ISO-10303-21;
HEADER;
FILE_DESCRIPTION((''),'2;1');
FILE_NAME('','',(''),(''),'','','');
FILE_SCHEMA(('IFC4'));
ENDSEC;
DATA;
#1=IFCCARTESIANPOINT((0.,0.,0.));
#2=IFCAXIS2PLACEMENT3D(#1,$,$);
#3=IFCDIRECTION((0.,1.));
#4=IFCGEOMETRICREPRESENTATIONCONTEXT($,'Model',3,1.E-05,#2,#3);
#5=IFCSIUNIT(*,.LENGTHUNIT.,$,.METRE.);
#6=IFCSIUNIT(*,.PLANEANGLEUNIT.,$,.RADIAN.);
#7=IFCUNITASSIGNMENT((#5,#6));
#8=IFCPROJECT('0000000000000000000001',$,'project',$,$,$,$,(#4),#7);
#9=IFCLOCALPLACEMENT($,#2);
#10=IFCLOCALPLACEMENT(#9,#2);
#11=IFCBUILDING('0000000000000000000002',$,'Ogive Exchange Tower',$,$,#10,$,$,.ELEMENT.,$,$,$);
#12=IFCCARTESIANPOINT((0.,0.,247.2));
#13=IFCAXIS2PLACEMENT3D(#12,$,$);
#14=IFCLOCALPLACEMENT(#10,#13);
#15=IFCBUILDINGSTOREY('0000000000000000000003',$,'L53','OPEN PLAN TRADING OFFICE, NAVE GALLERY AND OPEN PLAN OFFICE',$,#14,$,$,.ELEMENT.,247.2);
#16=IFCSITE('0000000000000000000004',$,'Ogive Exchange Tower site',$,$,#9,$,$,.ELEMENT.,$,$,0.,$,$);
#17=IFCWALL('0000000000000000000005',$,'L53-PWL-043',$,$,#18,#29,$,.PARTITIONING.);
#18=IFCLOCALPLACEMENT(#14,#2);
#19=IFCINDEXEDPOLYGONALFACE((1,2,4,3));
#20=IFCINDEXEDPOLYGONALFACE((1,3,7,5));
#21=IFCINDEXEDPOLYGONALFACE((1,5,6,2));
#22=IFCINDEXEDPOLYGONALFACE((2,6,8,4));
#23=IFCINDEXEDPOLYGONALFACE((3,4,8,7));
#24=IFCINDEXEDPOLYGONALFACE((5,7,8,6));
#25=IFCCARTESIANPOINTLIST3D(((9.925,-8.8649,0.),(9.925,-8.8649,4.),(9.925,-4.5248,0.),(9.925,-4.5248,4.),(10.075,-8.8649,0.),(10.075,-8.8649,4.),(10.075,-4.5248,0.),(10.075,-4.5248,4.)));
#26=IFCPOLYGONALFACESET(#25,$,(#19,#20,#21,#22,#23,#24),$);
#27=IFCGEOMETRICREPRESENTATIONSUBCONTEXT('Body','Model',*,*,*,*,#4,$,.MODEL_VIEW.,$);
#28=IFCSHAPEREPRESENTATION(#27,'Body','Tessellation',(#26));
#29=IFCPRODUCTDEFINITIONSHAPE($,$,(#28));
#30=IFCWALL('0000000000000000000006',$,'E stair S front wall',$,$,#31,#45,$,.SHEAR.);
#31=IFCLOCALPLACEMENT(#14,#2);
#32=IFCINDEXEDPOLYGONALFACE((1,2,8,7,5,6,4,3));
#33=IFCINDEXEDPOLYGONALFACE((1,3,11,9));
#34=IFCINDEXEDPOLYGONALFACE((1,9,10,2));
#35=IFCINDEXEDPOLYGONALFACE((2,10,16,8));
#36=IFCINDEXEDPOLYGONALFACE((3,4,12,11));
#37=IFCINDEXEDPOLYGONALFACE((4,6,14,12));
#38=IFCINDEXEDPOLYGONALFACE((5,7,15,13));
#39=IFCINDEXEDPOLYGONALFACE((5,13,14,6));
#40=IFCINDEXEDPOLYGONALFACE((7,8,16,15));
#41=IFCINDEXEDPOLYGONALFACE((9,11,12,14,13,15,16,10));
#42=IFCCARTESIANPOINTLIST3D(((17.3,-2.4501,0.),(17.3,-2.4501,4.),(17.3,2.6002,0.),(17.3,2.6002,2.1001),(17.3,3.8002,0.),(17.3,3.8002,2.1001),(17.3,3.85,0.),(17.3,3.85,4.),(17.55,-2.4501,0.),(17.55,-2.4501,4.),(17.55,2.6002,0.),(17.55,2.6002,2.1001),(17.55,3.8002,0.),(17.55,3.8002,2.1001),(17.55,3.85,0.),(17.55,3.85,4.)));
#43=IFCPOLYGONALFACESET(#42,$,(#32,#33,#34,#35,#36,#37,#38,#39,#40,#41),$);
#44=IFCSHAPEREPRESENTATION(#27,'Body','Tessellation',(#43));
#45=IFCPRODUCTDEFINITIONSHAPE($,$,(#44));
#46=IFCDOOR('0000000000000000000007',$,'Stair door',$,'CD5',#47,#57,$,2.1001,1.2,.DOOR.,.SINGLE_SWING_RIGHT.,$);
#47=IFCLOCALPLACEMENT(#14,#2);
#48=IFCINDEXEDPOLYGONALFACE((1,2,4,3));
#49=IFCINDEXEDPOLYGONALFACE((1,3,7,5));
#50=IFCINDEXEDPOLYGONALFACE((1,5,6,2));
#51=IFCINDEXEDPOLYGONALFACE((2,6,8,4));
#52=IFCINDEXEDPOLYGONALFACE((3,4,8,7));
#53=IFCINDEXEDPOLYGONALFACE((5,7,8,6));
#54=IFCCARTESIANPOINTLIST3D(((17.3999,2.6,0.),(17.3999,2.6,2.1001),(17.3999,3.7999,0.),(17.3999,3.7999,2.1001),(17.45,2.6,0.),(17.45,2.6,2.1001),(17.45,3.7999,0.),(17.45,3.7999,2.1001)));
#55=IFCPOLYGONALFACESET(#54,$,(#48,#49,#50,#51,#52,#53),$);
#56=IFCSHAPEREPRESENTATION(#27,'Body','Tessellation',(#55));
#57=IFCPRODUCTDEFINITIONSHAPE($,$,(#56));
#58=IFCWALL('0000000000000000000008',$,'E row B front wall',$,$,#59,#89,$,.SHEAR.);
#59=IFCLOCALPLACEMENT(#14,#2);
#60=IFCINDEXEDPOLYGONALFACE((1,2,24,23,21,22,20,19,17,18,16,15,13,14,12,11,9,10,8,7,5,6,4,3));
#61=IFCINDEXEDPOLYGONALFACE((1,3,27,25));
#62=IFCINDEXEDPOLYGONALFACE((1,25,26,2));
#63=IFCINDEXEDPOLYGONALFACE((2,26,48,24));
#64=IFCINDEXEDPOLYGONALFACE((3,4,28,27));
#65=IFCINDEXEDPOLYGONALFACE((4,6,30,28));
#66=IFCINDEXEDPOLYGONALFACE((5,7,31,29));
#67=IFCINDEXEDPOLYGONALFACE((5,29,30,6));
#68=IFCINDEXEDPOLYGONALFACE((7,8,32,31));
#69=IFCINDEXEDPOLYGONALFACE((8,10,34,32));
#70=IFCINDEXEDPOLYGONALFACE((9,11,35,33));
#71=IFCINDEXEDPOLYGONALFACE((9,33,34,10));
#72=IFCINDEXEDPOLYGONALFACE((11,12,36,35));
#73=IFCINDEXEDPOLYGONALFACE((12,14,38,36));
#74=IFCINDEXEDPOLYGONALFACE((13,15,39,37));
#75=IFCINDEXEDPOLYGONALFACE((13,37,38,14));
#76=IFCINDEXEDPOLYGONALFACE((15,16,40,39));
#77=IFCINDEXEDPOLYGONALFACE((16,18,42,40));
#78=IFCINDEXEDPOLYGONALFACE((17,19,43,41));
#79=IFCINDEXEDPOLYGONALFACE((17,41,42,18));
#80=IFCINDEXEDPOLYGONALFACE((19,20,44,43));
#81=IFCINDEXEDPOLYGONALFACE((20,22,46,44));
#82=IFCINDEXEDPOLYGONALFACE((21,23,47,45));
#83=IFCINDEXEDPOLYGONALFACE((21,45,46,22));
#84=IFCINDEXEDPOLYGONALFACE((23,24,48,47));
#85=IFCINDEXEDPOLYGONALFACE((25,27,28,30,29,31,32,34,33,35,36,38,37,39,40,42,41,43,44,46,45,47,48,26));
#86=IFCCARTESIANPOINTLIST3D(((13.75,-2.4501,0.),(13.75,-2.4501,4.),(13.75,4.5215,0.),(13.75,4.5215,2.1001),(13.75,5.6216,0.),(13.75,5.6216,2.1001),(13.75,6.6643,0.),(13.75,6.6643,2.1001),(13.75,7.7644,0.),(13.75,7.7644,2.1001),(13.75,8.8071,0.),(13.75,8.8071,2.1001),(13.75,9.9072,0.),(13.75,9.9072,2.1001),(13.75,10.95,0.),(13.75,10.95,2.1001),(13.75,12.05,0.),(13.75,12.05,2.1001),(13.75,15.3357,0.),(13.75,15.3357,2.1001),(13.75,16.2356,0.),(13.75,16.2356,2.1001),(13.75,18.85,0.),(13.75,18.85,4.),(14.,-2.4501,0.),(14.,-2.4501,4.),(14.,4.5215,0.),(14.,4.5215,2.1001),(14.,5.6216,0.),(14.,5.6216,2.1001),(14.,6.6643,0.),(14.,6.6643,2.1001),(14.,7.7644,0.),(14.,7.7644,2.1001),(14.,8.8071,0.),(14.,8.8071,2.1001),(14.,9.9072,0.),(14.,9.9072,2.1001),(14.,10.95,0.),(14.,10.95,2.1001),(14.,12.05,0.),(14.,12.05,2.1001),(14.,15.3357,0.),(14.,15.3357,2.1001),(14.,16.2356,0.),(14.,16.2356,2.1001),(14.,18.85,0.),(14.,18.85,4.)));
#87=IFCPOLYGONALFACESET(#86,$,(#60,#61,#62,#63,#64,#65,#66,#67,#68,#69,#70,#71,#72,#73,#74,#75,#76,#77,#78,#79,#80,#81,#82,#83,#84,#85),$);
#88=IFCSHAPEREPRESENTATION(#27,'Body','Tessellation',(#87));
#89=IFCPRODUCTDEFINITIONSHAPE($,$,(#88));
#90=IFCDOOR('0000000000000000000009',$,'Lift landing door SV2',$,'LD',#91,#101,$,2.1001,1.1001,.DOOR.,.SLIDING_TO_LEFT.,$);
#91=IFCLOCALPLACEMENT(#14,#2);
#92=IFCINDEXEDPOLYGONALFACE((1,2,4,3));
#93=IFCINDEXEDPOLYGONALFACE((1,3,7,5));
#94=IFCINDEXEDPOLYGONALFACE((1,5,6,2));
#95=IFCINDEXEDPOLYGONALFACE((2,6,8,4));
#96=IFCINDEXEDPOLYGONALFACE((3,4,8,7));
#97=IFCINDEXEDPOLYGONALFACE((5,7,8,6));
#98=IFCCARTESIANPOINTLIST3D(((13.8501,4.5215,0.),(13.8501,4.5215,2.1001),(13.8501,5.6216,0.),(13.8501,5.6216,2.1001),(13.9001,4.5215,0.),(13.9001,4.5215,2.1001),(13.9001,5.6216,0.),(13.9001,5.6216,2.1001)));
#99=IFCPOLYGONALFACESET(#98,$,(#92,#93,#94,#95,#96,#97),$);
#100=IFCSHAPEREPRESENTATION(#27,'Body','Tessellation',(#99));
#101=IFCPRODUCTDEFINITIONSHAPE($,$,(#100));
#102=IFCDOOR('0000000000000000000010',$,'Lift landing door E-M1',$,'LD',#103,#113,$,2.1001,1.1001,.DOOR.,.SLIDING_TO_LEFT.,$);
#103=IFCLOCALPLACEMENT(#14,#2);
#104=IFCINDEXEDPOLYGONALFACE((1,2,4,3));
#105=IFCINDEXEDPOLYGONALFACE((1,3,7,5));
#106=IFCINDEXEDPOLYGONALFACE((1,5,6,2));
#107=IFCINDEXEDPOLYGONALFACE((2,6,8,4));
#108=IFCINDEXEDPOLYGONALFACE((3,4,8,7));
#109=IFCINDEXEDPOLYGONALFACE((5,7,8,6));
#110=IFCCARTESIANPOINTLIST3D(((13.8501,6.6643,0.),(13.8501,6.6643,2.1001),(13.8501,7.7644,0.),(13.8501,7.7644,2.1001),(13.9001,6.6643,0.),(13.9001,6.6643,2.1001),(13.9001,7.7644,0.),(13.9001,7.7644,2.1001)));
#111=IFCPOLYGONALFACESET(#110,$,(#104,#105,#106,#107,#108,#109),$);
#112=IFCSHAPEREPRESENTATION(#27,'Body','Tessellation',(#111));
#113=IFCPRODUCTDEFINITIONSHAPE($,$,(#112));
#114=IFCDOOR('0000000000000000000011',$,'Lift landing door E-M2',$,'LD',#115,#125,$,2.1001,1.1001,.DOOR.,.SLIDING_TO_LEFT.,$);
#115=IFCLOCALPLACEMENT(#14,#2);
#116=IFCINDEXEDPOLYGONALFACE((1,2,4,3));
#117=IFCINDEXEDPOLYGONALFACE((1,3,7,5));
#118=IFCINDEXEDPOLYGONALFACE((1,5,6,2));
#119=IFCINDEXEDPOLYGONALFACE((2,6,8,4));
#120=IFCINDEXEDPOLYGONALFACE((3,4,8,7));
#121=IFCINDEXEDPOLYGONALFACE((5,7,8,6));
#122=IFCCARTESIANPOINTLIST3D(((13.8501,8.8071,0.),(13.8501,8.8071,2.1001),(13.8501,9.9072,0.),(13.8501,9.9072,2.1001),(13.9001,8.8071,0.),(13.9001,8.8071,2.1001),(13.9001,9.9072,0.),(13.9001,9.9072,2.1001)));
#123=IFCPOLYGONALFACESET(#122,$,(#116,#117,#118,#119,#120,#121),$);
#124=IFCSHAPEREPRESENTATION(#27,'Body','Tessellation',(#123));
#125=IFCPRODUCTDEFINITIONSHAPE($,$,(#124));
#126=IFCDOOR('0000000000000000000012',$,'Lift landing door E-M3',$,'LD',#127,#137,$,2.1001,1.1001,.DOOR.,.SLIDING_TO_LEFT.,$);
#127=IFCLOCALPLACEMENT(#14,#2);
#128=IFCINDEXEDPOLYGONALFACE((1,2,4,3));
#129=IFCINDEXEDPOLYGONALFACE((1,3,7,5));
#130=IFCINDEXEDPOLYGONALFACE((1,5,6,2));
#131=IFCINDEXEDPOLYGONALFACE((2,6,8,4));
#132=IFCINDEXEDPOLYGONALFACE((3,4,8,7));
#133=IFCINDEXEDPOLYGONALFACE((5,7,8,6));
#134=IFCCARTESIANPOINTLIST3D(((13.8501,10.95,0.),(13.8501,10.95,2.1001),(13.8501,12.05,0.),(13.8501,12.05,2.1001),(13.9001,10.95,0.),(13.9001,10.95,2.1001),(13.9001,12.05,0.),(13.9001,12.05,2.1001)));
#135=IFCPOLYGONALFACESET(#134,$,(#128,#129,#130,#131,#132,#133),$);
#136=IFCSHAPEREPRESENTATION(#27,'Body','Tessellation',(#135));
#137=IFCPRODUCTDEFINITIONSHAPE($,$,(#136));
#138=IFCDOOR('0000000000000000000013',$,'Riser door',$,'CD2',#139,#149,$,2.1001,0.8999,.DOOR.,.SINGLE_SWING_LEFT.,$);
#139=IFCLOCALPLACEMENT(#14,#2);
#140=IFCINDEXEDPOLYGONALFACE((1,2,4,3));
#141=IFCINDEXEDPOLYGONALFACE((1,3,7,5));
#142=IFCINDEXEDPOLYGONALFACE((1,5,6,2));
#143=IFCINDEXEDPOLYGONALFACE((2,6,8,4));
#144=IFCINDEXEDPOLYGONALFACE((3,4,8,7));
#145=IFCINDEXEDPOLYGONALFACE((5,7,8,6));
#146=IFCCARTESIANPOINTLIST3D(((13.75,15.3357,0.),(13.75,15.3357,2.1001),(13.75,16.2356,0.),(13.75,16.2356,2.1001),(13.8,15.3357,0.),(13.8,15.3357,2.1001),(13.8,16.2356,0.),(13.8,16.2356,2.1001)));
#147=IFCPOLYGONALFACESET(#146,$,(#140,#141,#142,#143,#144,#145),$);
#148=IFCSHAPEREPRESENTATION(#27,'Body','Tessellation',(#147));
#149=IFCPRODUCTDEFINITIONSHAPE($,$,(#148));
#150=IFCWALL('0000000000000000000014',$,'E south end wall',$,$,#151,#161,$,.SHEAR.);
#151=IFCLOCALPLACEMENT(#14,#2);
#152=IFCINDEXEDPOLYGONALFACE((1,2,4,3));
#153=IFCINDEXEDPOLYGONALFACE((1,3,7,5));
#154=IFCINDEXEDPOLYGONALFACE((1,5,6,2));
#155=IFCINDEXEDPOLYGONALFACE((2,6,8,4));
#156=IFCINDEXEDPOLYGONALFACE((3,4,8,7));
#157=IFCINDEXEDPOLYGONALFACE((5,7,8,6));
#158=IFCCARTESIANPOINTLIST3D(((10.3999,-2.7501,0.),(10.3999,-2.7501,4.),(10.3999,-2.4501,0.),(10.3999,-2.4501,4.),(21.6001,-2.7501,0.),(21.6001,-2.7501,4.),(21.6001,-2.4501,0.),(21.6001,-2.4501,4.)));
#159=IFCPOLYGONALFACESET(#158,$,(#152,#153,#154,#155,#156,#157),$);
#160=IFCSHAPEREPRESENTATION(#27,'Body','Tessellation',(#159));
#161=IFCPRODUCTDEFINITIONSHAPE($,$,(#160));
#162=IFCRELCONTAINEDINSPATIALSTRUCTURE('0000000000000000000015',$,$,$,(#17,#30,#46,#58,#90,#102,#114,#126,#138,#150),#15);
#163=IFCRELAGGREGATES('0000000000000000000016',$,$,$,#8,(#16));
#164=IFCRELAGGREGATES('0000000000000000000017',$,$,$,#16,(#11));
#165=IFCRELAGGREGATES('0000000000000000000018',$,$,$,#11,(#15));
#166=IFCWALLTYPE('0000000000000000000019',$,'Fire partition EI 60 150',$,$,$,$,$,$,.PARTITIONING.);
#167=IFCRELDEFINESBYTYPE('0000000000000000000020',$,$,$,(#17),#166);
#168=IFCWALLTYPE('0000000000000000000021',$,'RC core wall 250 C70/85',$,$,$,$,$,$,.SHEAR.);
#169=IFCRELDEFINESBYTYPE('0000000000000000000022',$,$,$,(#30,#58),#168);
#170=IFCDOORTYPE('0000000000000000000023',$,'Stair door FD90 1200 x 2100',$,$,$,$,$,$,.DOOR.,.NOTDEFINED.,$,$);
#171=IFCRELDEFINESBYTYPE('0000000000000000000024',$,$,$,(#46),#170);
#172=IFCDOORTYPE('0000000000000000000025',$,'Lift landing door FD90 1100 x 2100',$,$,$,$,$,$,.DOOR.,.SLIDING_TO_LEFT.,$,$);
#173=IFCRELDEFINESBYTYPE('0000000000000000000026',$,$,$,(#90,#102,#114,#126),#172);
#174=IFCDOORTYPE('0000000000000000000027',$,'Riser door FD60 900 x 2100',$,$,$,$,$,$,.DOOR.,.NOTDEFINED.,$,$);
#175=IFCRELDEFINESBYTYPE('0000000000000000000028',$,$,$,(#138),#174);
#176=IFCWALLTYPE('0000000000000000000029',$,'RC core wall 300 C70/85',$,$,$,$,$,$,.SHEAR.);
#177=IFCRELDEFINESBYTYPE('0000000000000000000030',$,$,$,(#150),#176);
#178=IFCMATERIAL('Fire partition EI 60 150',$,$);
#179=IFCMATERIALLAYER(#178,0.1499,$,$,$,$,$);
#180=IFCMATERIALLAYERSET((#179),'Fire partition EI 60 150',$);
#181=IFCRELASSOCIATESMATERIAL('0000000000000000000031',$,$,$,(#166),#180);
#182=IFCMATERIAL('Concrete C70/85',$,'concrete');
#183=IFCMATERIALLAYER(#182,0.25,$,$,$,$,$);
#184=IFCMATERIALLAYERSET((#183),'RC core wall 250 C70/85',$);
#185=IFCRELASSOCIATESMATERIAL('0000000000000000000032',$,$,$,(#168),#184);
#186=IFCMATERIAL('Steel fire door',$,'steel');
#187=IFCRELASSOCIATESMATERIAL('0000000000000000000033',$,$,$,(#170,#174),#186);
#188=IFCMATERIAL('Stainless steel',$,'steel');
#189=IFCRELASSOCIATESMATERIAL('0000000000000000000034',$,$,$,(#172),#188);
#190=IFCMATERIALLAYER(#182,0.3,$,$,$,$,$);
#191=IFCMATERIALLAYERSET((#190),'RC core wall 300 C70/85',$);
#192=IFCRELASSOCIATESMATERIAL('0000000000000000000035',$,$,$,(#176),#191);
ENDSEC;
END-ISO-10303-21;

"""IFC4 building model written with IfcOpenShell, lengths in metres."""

from ifc_helpers import new_model, si_unit, direction, frame, frame_2d, origin, place, context, subcontext, project, spatial, rectangle, extrude, material, layer, layer_set, type_object, element, fill, save


model = new_model("IFC4")

# Units and contexts
model_context = context("Model", 3, precision=1e-05, world=origin(), true_north=direction((0.0, 1.0)))
body_context = subcontext(model_context, "Body", "Model", "MODEL_VIEW")
ifc_project = project(units=[si_unit("LENGTHUNIT", "METRE"), si_unit("PLANEANGLEUNIT", "RADIAN")], contexts=[model_context])

# Site, building, storey
site_placement = place(None, origin())
site = spatial("IfcSite", under=ifc_project, at=site_placement, Name="Ogive Exchange Tower site", CompositionType="ELEMENT", RefElevation=0.0)
building_placement = place(site_placement, origin())
building = spatial("IfcBuilding", under=site, at=building_placement, Name="Ogive Exchange Tower", CompositionType="ELEMENT")
storey_placement = place(building_placement, frame((0.0, 0.0, 247.2)))
storey = spatial("IfcBuildingStorey", under=building, at=storey_placement, Name="L53", Description="OPEN PLAN TRADING OFFICE, NAVE GALLERY AND OPEN PLAN OFFICE", CompositionType="ELEMENT", Elevation=247.2)

# Wall
ifc_material_1 = material(Name="Fire partition EI 60 150")
ifc_layer_1 = layer(ifc_material_1, 0.1499)
ifc_layer_set_1 = layer_set([ifc_layer_1], Name="Fire partition EI 60 150")
wall_type_1 = type_object("IfcWallType", Name="Fire partition EI 60 150", PredefinedType="PARTITIONING", material=ifc_layer_set_1)
wall_1_placement = place(storey_placement, frame((10.0, -4.5249, 0.0), z_axis=(0.0, 0.0, 1.0), x_axis=(0.0, -1.0, 0.0)))
element("IfcWall", 1, at=wall_1_placement, inside=storey, type_object=wall_type_1, Name="L53-PWL-043", PredefinedType="PARTITIONING", context=body_context, shape_type="SweptSolid", body=[
    extrude(rectangle(XDim=4.3401, YDim=0.1499, at=frame_2d((2.1699, 0.0))), origin(), (0.0, 0.0, 1.0), 4.0),
])

# Wall, opening, door
ifc_material_2 = material(Name="Concrete C70/85", Category="concrete")
ifc_layer_2 = layer(ifc_material_2, 0.25)
ifc_layer_set_2 = layer_set([ifc_layer_2], Name="RC core wall 250 C70/85")
wall_type_2 = type_object("IfcWallType", Name="RC core wall 250 C70/85", PredefinedType="SHEAR", material=ifc_layer_set_2)
wall_2_placement = place(storey_placement, frame((17.425, -2.45, 0.0), z_axis=(0.0, 0.0, 1.0), x_axis=(0.0, 1.0, 0.0)))
wall_2 = element("IfcWall", 2, at=wall_2_placement, inside=storey, type_object=wall_type_2, Name="E stair S front wall", PredefinedType="SHEAR", context=body_context, shape_type="SweptSolid", body=[
    extrude(rectangle(XDim=6.3, YDim=0.25, at=frame_2d((3.1499, 0.0))), origin(), (0.0, 0.0, 1.0), 4.0),
])
opening_1_placement = place(wall_2_placement, frame((5.05, 0.0, 0.0)))
opening_1 = element("IfcOpeningElement", 3, at=opening_1_placement, cuts=wall_2, PredefinedType="OPENING", context=body_context, shape_type="SweptSolid", body=[
    extrude(rectangle(XDim=1.2, YDim=2.1001, at=frame_2d((0.6001, 1.05))), frame((0.0, 0.135, 0.0), z_axis=(0.0, -1.0, 0.0), x_axis=(1.0, 0.0, 0.0)), (0.0, 0.0, 1.0), 0.27),
])
ifc_material_3 = material(Name="Steel fire door", Category="steel")
door_type_1 = type_object("IfcDoorType", Name="Stair door FD90 1200 x 2100", OperationType="NOTDEFINED", PredefinedType="DOOR", material=ifc_material_3)
door_1_placement = place(opening_1_placement, frame((1.2, 0.0, 0.0), z_axis=(0.0, 0.0, 1.0), x_axis=(-1.0, 0.0, 0.0)))
door_1 = element("IfcDoor", 4, at=door_1_placement, inside=storey, type_object=door_type_1, Name="Stair door", ObjectType="CD5", OperationType="SINGLE_SWING_RIGHT", OverallHeight=2.1001, OverallWidth=1.2, PredefinedType="DOOR", context=body_context, shape_type="SweptSolid", body=[
    extrude(rectangle(XDim=1.2, YDim=2.1001, at=frame_2d((0.6001, 1.05))), frame((0.0, 0.0249, 0.0), z_axis=(0.0, -1.0, 0.0), x_axis=(1.0, 0.0, 0.0)), (0.0, 0.0, 1.0), 0.05),
])
fill(opening_1, door_1)

# Wall, openings, doors
wall_3_placement = place(storey_placement, frame((13.875, -2.45, 0.0), z_axis=(0.0, 0.0, 1.0), x_axis=(0.0, 1.0, 0.0)))
wall_3 = element("IfcWall", 5, at=wall_3_placement, inside=storey, type_object=wall_type_2, Name="E row B front wall", PredefinedType="SHEAR", context=body_context, shape_type="SweptSolid", body=[
    extrude(rectangle(XDim=21.3, YDim=0.25, at=frame_2d((10.6499, 0.0))), origin(), (0.0, 0.0, 1.0), 4.0),
])
opening_2_placement = place(wall_3_placement, frame((17.7856, 0.0, 0.0)))
opening_2 = element("IfcOpeningElement", 6, at=opening_2_placement, cuts=wall_3, PredefinedType="OPENING", context=body_context, shape_type="SweptSolid", body=[
    extrude(rectangle(XDim=0.8999, YDim=2.1001, at=frame_2d((0.45, 1.05))), frame((0.0, 0.135, 0.0), z_axis=(0.0, -1.0, 0.0), x_axis=(1.0, 0.0, 0.0)), (0.0, 0.0, 1.0), 0.27),
])
opening_3_placement = place(wall_3_placement, frame((6.9714, 0.0, 0.0)))
opening_3 = element("IfcOpeningElement", 7, at=opening_3_placement, cuts=wall_3, PredefinedType="OPENING", context=body_context, shape_type="SweptSolid", body=[
    extrude(rectangle(XDim=1.1001, YDim=2.1001, at=frame_2d((0.55, 1.05))), frame((0.0, 0.135, 0.0), z_axis=(0.0, -1.0, 0.0), x_axis=(1.0, 0.0, 0.0)), (0.0, 0.0, 1.0), 0.27),
])
opening_4_placement = place(wall_3_placement, frame((9.1143, 0.0, 0.0)))
opening_4 = element("IfcOpeningElement", 8, at=opening_4_placement, cuts=wall_3, PredefinedType="OPENING", context=body_context, shape_type="SweptSolid", body=[
    extrude(rectangle(XDim=1.1001, YDim=2.1001, at=frame_2d((0.55, 1.05))), frame((0.0, 0.135, 0.0), z_axis=(0.0, -1.0, 0.0), x_axis=(1.0, 0.0, 0.0)), (0.0, 0.0, 1.0), 0.27),
])
opening_5_placement = place(wall_3_placement, frame((11.2571, 0.0, 0.0)))
opening_5 = element("IfcOpeningElement", 9, at=opening_5_placement, cuts=wall_3, PredefinedType="OPENING", context=body_context, shape_type="SweptSolid", body=[
    extrude(rectangle(XDim=1.1001, YDim=2.1001, at=frame_2d((0.55, 1.05))), frame((0.0, 0.135, 0.0), z_axis=(0.0, -1.0, 0.0), x_axis=(1.0, 0.0, 0.0)), (0.0, 0.0, 1.0), 0.27),
])
opening_6_placement = place(wall_3_placement, frame((13.3999, 0.0, 0.0)))
opening_6 = element("IfcOpeningElement", 10, at=opening_6_placement, cuts=wall_3, PredefinedType="OPENING", context=body_context, shape_type="SweptSolid", body=[
    extrude(rectangle(XDim=1.1001, YDim=2.1001, at=frame_2d((0.55, 1.05))), frame((0.0, 0.135, 0.0), z_axis=(0.0, -1.0, 0.0), x_axis=(1.0, 0.0, 0.0)), (0.0, 0.0, 1.0), 0.27),
])
ifc_material_4 = material(Name="Stainless steel", Category="steel")
door_type_2 = type_object("IfcDoorType", Name="Lift landing door FD90 1100 x 2100", OperationType="SLIDING_TO_LEFT", PredefinedType="DOOR", material=ifc_material_4)
door_2_placement = place(opening_3_placement, origin())
door_2 = element("IfcDoor", 11, at=door_2_placement, inside=storey, type_object=door_type_2, Name="Lift landing door SV2", ObjectType="LD", OperationType="SLIDING_TO_LEFT", OverallHeight=2.1001, OverallWidth=1.1001, PredefinedType="DOOR", context=body_context, shape_type="SweptSolid", body=[
    extrude(rectangle(XDim=1.1001, YDim=2.1001, at=frame_2d((0.55, 1.05))), frame((0.0, 0.0249, 0.0), z_axis=(0.0, -1.0, 0.0), x_axis=(1.0, 0.0, 0.0)), (0.0, 0.0, 1.0), 0.05),
])
fill(opening_3, door_2)
door_3_placement = place(opening_4_placement, origin())
door_3 = element("IfcDoor", 12, at=door_3_placement, inside=storey, type_object=door_type_2, Name="Lift landing door E-M1", ObjectType="LD", OperationType="SLIDING_TO_LEFT", OverallHeight=2.1001, OverallWidth=1.1001, PredefinedType="DOOR", context=body_context, shape_type="SweptSolid", body=[
    extrude(rectangle(XDim=1.1001, YDim=2.1001, at=frame_2d((0.55, 1.05))), frame((0.0, 0.0249, 0.0), z_axis=(0.0, -1.0, 0.0), x_axis=(1.0, 0.0, 0.0)), (0.0, 0.0, 1.0), 0.05),
])
fill(opening_4, door_3)
door_4_placement = place(opening_5_placement, origin())
door_4 = element("IfcDoor", 13, at=door_4_placement, inside=storey, type_object=door_type_2, Name="Lift landing door E-M2", ObjectType="LD", OperationType="SLIDING_TO_LEFT", OverallHeight=2.1001, OverallWidth=1.1001, PredefinedType="DOOR", context=body_context, shape_type="SweptSolid", body=[
    extrude(rectangle(XDim=1.1001, YDim=2.1001, at=frame_2d((0.55, 1.05))), frame((0.0, 0.0249, 0.0), z_axis=(0.0, -1.0, 0.0), x_axis=(1.0, 0.0, 0.0)), (0.0, 0.0, 1.0), 0.05),
])
fill(opening_5, door_4)
door_5_placement = place(opening_6_placement, origin())
door_5 = element("IfcDoor", 14, at=door_5_placement, inside=storey, type_object=door_type_2, Name="Lift landing door E-M3", ObjectType="LD", OperationType="SLIDING_TO_LEFT", OverallHeight=2.1001, OverallWidth=1.1001, PredefinedType="DOOR", context=body_context, shape_type="SweptSolid", body=[
    extrude(rectangle(XDim=1.1001, YDim=2.1001, at=frame_2d((0.55, 1.05))), frame((0.0, 0.0249, 0.0), z_axis=(0.0, -1.0, 0.0), x_axis=(1.0, 0.0, 0.0)), (0.0, 0.0, 1.0), 0.05),
])
fill(opening_6, door_5)
door_type_3 = type_object("IfcDoorType", Name="Riser door FD60 900 x 2100", OperationType="NOTDEFINED", PredefinedType="DOOR", material=ifc_material_3)
door_6_placement = place(opening_2_placement, origin())
door_6 = element("IfcDoor", 15, at=door_6_placement, inside=storey, type_object=door_type_3, Name="Riser door", ObjectType="CD2", OperationType="SINGLE_SWING_LEFT", OverallHeight=2.1001, OverallWidth=0.8999, PredefinedType="DOOR", context=body_context, shape_type="SweptSolid", body=[
    extrude(rectangle(XDim=0.8999, YDim=2.1001, at=frame_2d((0.45, 1.05))), frame((0.0, 0.125, 0.0), z_axis=(0.0, -1.0, 0.0), x_axis=(1.0, 0.0, 0.0)), (0.0, 0.0, 1.0), 0.05),
])
fill(opening_2, door_6)

# Wall
ifc_layer_3 = layer(ifc_material_2, 0.3)
ifc_layer_set_3 = layer_set([ifc_layer_3], Name="RC core wall 300 C70/85")
wall_type_3 = type_object("IfcWallType", Name="RC core wall 300 C70/85", PredefinedType="SHEAR", material=ifc_layer_set_3)
wall_4_placement = place(storey_placement, frame((10.3999, -2.6001, 0.0), z_axis=(0.0, 0.0, 1.0), x_axis=(1.0, 0.0, 0.0)))
element("IfcWall", 16, at=wall_4_placement, inside=storey, type_object=wall_type_3, Name="E south end wall", PredefinedType="SHEAR", context=body_context, shape_type="SweptSolid", body=[
    extrude(rectangle(XDim=11.2002, YDim=0.3, at=frame_2d((5.6001, 0.0))), origin(), (0.0, 0.0, 1.0), 4.0),
])

save(model, "model.ifc")
